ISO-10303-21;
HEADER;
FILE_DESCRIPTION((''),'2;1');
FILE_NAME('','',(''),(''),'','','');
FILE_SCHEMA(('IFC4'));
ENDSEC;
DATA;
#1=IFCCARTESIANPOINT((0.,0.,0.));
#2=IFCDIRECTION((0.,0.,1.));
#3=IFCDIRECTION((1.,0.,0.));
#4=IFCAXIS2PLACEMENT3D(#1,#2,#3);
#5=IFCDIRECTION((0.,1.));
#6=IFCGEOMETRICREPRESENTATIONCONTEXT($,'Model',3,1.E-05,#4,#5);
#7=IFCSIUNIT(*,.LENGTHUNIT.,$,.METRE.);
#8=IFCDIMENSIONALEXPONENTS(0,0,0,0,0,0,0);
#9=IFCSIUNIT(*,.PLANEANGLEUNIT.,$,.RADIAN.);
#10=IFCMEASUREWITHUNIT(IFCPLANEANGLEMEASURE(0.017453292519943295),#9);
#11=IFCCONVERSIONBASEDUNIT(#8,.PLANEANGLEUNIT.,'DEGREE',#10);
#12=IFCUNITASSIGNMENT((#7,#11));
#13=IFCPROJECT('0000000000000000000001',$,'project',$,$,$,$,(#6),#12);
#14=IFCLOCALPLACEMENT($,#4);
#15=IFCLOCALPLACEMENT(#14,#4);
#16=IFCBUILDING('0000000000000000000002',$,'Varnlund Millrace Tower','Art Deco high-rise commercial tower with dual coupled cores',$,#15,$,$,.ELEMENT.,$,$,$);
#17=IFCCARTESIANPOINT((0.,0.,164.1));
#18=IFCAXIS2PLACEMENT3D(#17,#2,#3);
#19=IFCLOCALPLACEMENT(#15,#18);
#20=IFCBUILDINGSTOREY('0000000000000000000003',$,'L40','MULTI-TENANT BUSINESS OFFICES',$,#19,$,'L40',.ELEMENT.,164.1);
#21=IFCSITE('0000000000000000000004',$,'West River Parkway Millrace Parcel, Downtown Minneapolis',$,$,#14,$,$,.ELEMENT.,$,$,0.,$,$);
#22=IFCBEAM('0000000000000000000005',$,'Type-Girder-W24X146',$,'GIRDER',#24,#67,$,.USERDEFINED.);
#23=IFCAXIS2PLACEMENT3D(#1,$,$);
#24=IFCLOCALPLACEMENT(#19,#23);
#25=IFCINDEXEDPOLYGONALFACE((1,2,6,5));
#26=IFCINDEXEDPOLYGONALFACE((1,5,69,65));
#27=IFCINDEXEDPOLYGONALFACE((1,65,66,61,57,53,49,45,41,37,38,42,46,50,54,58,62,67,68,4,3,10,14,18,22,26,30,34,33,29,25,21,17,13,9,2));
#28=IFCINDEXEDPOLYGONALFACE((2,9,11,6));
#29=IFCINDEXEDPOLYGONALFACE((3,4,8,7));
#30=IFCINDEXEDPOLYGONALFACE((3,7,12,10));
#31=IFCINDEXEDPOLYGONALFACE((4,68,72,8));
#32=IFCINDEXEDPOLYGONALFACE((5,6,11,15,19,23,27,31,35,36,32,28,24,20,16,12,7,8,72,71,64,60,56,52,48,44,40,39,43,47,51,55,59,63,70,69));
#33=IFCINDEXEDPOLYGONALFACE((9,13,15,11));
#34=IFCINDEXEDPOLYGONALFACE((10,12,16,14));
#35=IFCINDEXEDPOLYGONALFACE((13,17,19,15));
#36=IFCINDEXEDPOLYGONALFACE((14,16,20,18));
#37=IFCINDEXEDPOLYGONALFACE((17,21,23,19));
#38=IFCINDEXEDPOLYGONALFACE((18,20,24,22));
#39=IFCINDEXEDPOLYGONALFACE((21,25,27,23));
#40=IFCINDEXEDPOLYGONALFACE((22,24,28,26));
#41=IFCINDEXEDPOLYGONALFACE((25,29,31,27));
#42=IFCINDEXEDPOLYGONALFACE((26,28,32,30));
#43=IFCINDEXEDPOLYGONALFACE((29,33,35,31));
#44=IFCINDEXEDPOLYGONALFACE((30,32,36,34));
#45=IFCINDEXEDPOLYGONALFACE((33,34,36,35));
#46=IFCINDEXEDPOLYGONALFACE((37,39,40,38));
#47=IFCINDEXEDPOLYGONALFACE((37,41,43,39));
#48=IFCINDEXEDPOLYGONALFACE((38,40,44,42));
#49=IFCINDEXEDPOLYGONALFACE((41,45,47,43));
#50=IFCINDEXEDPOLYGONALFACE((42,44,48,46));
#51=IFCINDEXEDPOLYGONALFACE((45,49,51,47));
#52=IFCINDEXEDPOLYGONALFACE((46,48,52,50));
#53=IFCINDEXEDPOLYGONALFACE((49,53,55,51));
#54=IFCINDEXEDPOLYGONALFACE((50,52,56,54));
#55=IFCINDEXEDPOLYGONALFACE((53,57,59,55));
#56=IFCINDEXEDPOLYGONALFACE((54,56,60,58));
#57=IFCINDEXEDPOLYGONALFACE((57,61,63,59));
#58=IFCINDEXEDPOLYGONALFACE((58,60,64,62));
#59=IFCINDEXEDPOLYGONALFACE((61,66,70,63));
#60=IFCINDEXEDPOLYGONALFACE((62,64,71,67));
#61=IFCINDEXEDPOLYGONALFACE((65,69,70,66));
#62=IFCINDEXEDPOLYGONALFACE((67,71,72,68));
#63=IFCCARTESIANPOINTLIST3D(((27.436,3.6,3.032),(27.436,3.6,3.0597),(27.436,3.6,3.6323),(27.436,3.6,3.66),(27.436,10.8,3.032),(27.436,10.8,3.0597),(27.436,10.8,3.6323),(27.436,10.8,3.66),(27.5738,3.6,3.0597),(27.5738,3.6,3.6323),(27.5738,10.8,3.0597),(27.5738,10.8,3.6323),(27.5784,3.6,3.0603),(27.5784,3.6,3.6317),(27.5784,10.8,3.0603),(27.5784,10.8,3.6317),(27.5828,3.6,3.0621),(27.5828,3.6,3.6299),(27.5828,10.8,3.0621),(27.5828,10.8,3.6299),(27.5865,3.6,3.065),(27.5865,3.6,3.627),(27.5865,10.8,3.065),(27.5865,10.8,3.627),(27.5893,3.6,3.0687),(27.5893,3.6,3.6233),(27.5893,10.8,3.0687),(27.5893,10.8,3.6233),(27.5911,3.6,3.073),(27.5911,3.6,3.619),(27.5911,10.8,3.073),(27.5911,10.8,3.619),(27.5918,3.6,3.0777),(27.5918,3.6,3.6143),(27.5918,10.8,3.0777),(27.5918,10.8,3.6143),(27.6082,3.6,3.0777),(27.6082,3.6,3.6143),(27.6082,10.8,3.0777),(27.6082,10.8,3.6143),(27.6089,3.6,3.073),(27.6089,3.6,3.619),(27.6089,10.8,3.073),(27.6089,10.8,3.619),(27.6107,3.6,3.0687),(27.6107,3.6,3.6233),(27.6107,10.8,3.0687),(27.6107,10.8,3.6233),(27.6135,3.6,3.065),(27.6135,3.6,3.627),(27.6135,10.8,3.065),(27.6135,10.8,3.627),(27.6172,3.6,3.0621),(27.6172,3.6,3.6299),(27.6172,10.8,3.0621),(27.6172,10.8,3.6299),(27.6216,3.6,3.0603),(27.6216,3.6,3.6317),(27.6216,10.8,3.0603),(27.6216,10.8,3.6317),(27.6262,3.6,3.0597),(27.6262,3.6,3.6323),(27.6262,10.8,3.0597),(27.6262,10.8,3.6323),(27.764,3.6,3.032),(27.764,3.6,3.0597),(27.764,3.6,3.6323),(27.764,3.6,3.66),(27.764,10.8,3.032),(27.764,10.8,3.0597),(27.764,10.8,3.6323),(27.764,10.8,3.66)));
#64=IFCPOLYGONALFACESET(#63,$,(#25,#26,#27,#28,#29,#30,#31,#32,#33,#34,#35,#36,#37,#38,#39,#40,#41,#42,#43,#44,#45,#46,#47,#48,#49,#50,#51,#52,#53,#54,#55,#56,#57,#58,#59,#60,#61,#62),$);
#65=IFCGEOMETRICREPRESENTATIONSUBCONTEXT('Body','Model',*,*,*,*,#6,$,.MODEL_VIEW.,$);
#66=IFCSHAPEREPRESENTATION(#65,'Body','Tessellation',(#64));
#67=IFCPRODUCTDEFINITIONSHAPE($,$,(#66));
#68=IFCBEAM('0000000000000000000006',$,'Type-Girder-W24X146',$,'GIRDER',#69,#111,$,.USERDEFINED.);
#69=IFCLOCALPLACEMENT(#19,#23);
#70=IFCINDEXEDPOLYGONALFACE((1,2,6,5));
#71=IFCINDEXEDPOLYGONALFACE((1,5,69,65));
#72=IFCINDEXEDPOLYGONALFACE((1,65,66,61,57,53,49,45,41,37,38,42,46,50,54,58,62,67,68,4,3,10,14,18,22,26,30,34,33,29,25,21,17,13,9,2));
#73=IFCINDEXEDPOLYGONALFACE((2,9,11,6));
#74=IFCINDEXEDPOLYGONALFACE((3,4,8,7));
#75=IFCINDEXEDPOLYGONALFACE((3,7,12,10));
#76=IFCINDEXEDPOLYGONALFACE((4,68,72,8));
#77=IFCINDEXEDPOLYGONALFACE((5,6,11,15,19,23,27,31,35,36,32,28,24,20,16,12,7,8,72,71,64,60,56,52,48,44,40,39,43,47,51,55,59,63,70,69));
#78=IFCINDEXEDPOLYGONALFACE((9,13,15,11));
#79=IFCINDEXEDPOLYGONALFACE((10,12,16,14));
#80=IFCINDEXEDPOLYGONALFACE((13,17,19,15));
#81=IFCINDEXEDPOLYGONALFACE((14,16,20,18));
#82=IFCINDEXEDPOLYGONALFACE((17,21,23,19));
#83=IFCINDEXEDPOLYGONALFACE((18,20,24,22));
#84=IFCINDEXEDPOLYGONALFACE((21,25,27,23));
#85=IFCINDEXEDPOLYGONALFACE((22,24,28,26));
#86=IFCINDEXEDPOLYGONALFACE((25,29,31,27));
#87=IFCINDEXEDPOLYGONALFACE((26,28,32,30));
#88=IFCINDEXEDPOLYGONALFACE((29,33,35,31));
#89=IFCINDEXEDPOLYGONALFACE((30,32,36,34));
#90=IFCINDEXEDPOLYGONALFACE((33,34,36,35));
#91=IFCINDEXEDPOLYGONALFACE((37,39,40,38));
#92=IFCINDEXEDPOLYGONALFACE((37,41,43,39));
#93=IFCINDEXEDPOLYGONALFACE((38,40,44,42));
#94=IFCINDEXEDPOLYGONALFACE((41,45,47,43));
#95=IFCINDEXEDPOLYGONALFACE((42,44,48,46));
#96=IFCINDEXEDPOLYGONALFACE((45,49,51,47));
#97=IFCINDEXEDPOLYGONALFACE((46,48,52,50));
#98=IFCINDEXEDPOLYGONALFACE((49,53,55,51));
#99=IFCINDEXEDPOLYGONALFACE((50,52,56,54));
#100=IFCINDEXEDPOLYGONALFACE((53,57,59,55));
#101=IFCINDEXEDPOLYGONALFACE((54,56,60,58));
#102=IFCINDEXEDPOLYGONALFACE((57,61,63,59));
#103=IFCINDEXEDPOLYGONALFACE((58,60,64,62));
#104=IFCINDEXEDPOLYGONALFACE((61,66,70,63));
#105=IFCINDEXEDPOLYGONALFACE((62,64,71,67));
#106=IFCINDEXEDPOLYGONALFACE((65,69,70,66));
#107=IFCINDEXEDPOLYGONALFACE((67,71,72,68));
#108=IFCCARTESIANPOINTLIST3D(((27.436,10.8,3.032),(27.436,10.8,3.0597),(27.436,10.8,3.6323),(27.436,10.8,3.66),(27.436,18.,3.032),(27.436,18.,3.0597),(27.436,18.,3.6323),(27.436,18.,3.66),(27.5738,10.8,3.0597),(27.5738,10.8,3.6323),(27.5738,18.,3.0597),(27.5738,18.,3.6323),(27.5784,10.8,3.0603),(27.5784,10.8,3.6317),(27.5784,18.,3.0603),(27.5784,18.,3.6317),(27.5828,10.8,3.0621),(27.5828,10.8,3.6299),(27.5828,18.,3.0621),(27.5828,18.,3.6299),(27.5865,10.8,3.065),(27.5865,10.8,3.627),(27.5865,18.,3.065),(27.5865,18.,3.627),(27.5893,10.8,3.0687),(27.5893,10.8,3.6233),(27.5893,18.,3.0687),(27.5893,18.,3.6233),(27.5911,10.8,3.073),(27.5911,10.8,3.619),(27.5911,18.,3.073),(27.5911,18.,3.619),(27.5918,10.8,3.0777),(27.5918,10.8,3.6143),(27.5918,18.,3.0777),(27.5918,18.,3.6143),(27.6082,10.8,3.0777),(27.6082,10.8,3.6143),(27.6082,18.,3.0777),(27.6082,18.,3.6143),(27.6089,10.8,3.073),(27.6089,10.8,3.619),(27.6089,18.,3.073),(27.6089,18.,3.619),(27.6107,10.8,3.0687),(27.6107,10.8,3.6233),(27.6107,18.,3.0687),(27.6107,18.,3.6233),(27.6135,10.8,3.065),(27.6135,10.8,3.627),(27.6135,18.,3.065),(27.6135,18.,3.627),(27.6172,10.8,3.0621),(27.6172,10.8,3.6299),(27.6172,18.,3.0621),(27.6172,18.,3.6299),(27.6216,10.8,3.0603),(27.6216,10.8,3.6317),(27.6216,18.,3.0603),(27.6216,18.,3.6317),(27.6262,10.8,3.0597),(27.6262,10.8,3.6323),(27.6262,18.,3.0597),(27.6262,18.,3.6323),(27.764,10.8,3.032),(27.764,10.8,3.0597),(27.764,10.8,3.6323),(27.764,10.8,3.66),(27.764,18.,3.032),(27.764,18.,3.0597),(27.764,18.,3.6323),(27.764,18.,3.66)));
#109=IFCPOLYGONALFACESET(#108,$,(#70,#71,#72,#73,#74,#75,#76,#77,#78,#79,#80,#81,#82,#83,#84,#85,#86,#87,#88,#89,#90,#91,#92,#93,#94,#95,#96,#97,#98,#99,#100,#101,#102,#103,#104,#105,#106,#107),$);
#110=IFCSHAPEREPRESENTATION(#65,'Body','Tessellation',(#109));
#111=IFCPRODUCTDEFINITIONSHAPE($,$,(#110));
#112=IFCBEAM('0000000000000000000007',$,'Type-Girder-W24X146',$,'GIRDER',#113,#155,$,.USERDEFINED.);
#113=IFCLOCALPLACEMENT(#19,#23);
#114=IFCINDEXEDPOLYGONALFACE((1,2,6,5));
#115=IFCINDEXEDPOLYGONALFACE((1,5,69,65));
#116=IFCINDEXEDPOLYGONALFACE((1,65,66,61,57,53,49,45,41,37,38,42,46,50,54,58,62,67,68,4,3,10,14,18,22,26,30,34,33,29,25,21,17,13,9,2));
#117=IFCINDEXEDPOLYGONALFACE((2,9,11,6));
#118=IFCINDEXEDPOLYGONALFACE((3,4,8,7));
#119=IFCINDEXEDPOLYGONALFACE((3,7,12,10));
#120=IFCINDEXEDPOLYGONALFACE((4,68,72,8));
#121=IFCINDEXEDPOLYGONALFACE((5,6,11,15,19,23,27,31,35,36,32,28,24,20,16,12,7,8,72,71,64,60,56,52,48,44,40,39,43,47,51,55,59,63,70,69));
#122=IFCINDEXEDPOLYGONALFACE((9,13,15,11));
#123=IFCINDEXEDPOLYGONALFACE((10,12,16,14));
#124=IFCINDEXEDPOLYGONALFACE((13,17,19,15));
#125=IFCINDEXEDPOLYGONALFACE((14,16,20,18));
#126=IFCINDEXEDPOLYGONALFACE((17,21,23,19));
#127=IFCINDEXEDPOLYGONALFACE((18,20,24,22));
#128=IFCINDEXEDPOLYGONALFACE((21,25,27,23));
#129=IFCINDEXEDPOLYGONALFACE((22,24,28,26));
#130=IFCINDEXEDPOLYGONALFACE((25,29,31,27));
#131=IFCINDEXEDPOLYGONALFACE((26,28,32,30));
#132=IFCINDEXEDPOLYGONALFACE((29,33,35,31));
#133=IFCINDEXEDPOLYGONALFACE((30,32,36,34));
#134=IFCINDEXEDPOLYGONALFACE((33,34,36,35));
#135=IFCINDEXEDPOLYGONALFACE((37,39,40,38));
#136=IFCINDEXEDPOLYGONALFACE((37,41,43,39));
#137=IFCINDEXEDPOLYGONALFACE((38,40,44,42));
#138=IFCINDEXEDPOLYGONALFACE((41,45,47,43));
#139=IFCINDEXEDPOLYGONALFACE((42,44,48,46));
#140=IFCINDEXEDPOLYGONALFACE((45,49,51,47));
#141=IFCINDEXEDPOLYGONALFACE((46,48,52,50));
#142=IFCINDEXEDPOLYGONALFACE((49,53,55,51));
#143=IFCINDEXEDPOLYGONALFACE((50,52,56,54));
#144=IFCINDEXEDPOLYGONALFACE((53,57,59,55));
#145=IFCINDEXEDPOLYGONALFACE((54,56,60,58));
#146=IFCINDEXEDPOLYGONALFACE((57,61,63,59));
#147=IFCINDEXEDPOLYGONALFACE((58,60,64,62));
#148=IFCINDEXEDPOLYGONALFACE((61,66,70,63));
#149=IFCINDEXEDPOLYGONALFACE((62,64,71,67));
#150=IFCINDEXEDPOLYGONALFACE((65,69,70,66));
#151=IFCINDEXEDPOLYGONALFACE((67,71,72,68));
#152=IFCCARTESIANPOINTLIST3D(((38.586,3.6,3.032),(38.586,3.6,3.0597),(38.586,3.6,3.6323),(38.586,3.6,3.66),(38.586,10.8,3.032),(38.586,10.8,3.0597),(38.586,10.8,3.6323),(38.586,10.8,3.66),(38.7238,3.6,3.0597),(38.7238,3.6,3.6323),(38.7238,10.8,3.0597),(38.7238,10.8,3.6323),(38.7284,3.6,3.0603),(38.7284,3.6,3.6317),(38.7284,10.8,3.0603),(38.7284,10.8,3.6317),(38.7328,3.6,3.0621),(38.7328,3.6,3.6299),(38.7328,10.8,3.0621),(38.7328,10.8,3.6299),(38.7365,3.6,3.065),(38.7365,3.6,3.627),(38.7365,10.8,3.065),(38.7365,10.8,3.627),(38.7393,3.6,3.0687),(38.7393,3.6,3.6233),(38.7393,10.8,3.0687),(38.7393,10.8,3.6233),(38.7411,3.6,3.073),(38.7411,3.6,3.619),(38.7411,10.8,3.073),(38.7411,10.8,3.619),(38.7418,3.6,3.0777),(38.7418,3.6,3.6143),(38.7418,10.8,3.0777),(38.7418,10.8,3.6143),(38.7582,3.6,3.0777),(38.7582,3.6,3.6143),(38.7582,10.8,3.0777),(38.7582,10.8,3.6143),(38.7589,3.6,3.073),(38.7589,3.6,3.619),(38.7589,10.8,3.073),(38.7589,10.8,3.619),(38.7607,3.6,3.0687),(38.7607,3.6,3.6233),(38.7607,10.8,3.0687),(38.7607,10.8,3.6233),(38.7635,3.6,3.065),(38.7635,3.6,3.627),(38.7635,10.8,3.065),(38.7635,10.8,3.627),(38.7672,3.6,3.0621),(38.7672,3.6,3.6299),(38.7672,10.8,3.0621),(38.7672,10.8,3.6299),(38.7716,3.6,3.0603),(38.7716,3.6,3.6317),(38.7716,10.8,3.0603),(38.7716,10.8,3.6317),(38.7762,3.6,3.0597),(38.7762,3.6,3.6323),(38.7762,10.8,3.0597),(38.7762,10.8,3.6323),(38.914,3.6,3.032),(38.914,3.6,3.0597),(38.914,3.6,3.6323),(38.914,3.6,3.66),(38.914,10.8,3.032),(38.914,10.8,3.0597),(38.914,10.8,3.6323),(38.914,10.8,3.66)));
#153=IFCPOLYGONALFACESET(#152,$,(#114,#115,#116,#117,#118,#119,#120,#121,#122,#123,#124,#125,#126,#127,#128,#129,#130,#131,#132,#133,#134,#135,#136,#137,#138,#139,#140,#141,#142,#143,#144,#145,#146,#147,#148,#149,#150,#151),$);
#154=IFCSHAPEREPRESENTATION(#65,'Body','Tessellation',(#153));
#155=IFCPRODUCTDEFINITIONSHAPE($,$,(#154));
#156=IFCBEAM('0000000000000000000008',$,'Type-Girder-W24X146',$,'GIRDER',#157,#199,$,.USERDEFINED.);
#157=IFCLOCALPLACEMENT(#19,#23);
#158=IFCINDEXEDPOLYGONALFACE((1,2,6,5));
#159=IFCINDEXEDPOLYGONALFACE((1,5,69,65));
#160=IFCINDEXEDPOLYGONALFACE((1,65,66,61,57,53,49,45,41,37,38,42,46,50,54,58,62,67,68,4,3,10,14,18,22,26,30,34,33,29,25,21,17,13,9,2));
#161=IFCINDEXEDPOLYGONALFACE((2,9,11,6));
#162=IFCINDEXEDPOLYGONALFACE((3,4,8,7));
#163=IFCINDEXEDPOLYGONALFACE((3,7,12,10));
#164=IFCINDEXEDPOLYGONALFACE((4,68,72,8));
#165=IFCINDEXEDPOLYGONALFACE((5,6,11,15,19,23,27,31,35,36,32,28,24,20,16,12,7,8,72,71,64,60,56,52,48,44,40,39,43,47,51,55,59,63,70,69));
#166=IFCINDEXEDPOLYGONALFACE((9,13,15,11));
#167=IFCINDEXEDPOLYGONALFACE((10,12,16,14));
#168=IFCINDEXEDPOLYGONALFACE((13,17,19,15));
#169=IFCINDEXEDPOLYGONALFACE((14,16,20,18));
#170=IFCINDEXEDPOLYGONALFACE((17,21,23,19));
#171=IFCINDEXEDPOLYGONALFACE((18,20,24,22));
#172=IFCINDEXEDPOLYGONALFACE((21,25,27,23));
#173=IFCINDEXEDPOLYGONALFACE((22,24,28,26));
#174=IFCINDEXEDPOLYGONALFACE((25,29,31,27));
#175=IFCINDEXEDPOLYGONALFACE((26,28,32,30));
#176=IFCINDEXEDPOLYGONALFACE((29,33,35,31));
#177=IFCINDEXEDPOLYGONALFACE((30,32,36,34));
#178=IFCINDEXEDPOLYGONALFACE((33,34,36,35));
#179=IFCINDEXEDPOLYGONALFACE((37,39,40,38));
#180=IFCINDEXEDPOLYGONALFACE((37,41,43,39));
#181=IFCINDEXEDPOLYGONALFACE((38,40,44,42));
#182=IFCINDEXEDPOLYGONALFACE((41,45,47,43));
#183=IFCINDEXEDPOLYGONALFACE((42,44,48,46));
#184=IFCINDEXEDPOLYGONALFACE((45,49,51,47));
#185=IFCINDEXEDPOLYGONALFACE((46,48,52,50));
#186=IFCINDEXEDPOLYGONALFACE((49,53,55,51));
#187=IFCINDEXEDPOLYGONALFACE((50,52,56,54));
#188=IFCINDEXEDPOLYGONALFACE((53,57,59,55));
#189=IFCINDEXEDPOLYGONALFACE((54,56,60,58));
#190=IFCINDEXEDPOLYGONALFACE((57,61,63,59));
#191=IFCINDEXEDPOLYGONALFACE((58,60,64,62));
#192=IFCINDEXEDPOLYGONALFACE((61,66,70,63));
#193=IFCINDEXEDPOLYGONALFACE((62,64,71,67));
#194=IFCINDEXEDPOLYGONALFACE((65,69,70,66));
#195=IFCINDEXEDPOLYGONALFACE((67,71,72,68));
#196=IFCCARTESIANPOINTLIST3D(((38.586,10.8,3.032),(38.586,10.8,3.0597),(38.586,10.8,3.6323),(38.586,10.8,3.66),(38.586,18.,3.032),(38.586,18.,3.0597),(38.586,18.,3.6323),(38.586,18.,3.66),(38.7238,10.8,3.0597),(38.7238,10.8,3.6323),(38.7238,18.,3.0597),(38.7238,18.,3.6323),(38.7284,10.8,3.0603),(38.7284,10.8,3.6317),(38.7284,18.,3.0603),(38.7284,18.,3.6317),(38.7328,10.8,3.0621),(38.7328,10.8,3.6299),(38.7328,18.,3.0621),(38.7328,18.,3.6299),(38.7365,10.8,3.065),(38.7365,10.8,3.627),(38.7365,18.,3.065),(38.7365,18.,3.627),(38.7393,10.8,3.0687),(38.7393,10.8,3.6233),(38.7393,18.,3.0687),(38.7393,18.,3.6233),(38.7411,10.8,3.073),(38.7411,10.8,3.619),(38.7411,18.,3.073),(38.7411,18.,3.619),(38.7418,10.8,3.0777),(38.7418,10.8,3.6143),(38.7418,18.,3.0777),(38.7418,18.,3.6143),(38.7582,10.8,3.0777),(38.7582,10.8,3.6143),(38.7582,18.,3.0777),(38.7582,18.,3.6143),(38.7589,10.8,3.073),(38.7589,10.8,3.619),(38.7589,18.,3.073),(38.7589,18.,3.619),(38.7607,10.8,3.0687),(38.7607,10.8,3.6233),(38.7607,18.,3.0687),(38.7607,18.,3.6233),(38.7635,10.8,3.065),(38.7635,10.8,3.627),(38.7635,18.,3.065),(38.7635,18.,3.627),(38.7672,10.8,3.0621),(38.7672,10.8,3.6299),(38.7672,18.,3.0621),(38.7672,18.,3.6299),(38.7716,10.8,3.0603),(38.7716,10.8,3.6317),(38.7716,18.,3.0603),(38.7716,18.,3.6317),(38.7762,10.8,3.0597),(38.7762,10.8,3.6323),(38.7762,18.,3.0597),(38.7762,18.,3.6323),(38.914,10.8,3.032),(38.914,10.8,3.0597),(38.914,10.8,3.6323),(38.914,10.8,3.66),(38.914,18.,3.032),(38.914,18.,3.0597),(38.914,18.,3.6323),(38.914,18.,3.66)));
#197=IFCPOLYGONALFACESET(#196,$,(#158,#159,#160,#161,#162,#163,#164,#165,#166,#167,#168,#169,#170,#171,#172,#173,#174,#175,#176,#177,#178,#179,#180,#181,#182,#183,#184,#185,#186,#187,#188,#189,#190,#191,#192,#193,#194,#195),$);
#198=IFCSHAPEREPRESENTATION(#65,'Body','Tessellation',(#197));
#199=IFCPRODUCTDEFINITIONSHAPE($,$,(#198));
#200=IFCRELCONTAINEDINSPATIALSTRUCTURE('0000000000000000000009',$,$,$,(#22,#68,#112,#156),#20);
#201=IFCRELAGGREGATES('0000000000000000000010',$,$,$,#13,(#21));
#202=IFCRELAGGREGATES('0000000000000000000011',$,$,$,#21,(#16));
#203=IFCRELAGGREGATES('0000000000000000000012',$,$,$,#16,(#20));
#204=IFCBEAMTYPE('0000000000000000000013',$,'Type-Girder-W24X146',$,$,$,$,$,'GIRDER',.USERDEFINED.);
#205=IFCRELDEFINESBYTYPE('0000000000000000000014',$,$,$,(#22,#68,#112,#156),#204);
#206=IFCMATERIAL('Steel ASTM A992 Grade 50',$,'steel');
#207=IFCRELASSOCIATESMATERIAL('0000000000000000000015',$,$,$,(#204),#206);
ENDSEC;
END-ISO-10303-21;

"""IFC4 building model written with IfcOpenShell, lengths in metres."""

from ifc_helpers import new_model, entity, si_unit, converted_unit, direction, frame, origin_with_axes, origin_2d_with_axis, place, context, subcontext, project, spatial, i_section, extrude, material, material_profile, profile_set, type_object, element, save


model = new_model("IFC4")

# Units and contexts
model_context = context("Model", 3, precision=1e-05, world=origin_with_axes(), true_north=direction((0.0, 1.0)))
body_context = subcontext(model_context, "Body", "Model", "MODEL_VIEW")
ifc_project = project(units=[si_unit("LENGTHUNIT", "METRE"), converted_unit("PLANEANGLEUNIT", "DEGREE", entity("IfcPlaneAngleMeasure", 0.017453292519943295), si_unit("PLANEANGLEUNIT", "RADIAN"), dimensions=[0, 0, 0, 0, 0, 0, 0])], contexts=[model_context])

# Site, building, storey
site_placement = place(None, origin_with_axes())
site = spatial("IfcSite", under=ifc_project, at=site_placement, Name="West River Parkway Millrace Parcel, Downtown Minneapolis", CompositionType="ELEMENT", RefElevation=0.0)
building_placement = place(site_placement, origin_with_axes())
building = spatial("IfcBuilding", under=site, at=building_placement, Name="Varnlund Millrace Tower", Description="Art Deco high-rise commercial tower with dual coupled cores", CompositionType="ELEMENT")
storey_placement = place(building_placement, frame((0.0, 0.0, 164.1), z_axis=(0.0, 0.0, 1.0), x_axis=(1.0, 0.0, 0.0)))
storey = spatial("IfcBuildingStorey", under=building, at=storey_placement, Name="L40", Description="MULTI-TENANT BUSINESS OFFICES", LongName="L40", CompositionType="ELEMENT", Elevation=164.1)

# Beams
ifc_material_1 = material(Name="Steel ASTM A992 Grade 50", Category="steel")
ifc_material_profile_1 = material_profile(ifc_material_1, i_section(OverallWidth=0.328, OverallDepth=0.628, WebThickness=0.0165, FlangeThickness=0.0277, FilletRadius=0.018, at=origin_2d_with_axis()), Name="Steel ASTM A992 Grade 50")
ifc_profile_set_1 = profile_set([ifc_material_profile_1], Name="Steel ASTM A992 Grade 50")
beam_type_1 = type_object("IfcBeamType", Name="Type-Girder-W24X146", ElementType="GIRDER", PredefinedType="USERDEFINED", material=ifc_profile_set_1)
for number, where, z_axis, x_axis, name in (
    (1, (27.6, 3.6, 3.346), (0.0, 1.0, 0.0), (-1.0, 0.0, 0.0), "Type-Girder-W24X146"),
    (2, (27.6, 10.8, 3.346), (0.0, 1.0, 0.0), (-1.0, 0.0, 0.0), "Type-Girder-W24X146"),
    (3, (38.75, 3.6, 3.346), (0.0, 1.0, 0.0), (-1.0, 0.0, 0.0), "Type-Girder-W24X146"),
    (4, (38.75, 10.8, 3.346), (0.0, 1.0, 0.0), (-1.0, 0.0, 0.0), "Type-Girder-W24X146"),
):
    element("IfcBeam", number, at=place(storey_placement, frame(where, z_axis=z_axis, x_axis=x_axis)), inside=storey, type_object=beam_type_1, Name=name, ObjectType="GIRDER", PredefinedType="USERDEFINED", context=body_context, shape_type="SweptSolid", body=[
        extrude(i_section(OverallWidth=0.328, OverallDepth=0.628, WebThickness=0.0165, FlangeThickness=0.0277, FilletRadius=0.018, at=origin_2d_with_axis()), origin_with_axes(), (0.0, 0.0, 1.0), 7.2),
    ])

save(model, "model.ifc")
